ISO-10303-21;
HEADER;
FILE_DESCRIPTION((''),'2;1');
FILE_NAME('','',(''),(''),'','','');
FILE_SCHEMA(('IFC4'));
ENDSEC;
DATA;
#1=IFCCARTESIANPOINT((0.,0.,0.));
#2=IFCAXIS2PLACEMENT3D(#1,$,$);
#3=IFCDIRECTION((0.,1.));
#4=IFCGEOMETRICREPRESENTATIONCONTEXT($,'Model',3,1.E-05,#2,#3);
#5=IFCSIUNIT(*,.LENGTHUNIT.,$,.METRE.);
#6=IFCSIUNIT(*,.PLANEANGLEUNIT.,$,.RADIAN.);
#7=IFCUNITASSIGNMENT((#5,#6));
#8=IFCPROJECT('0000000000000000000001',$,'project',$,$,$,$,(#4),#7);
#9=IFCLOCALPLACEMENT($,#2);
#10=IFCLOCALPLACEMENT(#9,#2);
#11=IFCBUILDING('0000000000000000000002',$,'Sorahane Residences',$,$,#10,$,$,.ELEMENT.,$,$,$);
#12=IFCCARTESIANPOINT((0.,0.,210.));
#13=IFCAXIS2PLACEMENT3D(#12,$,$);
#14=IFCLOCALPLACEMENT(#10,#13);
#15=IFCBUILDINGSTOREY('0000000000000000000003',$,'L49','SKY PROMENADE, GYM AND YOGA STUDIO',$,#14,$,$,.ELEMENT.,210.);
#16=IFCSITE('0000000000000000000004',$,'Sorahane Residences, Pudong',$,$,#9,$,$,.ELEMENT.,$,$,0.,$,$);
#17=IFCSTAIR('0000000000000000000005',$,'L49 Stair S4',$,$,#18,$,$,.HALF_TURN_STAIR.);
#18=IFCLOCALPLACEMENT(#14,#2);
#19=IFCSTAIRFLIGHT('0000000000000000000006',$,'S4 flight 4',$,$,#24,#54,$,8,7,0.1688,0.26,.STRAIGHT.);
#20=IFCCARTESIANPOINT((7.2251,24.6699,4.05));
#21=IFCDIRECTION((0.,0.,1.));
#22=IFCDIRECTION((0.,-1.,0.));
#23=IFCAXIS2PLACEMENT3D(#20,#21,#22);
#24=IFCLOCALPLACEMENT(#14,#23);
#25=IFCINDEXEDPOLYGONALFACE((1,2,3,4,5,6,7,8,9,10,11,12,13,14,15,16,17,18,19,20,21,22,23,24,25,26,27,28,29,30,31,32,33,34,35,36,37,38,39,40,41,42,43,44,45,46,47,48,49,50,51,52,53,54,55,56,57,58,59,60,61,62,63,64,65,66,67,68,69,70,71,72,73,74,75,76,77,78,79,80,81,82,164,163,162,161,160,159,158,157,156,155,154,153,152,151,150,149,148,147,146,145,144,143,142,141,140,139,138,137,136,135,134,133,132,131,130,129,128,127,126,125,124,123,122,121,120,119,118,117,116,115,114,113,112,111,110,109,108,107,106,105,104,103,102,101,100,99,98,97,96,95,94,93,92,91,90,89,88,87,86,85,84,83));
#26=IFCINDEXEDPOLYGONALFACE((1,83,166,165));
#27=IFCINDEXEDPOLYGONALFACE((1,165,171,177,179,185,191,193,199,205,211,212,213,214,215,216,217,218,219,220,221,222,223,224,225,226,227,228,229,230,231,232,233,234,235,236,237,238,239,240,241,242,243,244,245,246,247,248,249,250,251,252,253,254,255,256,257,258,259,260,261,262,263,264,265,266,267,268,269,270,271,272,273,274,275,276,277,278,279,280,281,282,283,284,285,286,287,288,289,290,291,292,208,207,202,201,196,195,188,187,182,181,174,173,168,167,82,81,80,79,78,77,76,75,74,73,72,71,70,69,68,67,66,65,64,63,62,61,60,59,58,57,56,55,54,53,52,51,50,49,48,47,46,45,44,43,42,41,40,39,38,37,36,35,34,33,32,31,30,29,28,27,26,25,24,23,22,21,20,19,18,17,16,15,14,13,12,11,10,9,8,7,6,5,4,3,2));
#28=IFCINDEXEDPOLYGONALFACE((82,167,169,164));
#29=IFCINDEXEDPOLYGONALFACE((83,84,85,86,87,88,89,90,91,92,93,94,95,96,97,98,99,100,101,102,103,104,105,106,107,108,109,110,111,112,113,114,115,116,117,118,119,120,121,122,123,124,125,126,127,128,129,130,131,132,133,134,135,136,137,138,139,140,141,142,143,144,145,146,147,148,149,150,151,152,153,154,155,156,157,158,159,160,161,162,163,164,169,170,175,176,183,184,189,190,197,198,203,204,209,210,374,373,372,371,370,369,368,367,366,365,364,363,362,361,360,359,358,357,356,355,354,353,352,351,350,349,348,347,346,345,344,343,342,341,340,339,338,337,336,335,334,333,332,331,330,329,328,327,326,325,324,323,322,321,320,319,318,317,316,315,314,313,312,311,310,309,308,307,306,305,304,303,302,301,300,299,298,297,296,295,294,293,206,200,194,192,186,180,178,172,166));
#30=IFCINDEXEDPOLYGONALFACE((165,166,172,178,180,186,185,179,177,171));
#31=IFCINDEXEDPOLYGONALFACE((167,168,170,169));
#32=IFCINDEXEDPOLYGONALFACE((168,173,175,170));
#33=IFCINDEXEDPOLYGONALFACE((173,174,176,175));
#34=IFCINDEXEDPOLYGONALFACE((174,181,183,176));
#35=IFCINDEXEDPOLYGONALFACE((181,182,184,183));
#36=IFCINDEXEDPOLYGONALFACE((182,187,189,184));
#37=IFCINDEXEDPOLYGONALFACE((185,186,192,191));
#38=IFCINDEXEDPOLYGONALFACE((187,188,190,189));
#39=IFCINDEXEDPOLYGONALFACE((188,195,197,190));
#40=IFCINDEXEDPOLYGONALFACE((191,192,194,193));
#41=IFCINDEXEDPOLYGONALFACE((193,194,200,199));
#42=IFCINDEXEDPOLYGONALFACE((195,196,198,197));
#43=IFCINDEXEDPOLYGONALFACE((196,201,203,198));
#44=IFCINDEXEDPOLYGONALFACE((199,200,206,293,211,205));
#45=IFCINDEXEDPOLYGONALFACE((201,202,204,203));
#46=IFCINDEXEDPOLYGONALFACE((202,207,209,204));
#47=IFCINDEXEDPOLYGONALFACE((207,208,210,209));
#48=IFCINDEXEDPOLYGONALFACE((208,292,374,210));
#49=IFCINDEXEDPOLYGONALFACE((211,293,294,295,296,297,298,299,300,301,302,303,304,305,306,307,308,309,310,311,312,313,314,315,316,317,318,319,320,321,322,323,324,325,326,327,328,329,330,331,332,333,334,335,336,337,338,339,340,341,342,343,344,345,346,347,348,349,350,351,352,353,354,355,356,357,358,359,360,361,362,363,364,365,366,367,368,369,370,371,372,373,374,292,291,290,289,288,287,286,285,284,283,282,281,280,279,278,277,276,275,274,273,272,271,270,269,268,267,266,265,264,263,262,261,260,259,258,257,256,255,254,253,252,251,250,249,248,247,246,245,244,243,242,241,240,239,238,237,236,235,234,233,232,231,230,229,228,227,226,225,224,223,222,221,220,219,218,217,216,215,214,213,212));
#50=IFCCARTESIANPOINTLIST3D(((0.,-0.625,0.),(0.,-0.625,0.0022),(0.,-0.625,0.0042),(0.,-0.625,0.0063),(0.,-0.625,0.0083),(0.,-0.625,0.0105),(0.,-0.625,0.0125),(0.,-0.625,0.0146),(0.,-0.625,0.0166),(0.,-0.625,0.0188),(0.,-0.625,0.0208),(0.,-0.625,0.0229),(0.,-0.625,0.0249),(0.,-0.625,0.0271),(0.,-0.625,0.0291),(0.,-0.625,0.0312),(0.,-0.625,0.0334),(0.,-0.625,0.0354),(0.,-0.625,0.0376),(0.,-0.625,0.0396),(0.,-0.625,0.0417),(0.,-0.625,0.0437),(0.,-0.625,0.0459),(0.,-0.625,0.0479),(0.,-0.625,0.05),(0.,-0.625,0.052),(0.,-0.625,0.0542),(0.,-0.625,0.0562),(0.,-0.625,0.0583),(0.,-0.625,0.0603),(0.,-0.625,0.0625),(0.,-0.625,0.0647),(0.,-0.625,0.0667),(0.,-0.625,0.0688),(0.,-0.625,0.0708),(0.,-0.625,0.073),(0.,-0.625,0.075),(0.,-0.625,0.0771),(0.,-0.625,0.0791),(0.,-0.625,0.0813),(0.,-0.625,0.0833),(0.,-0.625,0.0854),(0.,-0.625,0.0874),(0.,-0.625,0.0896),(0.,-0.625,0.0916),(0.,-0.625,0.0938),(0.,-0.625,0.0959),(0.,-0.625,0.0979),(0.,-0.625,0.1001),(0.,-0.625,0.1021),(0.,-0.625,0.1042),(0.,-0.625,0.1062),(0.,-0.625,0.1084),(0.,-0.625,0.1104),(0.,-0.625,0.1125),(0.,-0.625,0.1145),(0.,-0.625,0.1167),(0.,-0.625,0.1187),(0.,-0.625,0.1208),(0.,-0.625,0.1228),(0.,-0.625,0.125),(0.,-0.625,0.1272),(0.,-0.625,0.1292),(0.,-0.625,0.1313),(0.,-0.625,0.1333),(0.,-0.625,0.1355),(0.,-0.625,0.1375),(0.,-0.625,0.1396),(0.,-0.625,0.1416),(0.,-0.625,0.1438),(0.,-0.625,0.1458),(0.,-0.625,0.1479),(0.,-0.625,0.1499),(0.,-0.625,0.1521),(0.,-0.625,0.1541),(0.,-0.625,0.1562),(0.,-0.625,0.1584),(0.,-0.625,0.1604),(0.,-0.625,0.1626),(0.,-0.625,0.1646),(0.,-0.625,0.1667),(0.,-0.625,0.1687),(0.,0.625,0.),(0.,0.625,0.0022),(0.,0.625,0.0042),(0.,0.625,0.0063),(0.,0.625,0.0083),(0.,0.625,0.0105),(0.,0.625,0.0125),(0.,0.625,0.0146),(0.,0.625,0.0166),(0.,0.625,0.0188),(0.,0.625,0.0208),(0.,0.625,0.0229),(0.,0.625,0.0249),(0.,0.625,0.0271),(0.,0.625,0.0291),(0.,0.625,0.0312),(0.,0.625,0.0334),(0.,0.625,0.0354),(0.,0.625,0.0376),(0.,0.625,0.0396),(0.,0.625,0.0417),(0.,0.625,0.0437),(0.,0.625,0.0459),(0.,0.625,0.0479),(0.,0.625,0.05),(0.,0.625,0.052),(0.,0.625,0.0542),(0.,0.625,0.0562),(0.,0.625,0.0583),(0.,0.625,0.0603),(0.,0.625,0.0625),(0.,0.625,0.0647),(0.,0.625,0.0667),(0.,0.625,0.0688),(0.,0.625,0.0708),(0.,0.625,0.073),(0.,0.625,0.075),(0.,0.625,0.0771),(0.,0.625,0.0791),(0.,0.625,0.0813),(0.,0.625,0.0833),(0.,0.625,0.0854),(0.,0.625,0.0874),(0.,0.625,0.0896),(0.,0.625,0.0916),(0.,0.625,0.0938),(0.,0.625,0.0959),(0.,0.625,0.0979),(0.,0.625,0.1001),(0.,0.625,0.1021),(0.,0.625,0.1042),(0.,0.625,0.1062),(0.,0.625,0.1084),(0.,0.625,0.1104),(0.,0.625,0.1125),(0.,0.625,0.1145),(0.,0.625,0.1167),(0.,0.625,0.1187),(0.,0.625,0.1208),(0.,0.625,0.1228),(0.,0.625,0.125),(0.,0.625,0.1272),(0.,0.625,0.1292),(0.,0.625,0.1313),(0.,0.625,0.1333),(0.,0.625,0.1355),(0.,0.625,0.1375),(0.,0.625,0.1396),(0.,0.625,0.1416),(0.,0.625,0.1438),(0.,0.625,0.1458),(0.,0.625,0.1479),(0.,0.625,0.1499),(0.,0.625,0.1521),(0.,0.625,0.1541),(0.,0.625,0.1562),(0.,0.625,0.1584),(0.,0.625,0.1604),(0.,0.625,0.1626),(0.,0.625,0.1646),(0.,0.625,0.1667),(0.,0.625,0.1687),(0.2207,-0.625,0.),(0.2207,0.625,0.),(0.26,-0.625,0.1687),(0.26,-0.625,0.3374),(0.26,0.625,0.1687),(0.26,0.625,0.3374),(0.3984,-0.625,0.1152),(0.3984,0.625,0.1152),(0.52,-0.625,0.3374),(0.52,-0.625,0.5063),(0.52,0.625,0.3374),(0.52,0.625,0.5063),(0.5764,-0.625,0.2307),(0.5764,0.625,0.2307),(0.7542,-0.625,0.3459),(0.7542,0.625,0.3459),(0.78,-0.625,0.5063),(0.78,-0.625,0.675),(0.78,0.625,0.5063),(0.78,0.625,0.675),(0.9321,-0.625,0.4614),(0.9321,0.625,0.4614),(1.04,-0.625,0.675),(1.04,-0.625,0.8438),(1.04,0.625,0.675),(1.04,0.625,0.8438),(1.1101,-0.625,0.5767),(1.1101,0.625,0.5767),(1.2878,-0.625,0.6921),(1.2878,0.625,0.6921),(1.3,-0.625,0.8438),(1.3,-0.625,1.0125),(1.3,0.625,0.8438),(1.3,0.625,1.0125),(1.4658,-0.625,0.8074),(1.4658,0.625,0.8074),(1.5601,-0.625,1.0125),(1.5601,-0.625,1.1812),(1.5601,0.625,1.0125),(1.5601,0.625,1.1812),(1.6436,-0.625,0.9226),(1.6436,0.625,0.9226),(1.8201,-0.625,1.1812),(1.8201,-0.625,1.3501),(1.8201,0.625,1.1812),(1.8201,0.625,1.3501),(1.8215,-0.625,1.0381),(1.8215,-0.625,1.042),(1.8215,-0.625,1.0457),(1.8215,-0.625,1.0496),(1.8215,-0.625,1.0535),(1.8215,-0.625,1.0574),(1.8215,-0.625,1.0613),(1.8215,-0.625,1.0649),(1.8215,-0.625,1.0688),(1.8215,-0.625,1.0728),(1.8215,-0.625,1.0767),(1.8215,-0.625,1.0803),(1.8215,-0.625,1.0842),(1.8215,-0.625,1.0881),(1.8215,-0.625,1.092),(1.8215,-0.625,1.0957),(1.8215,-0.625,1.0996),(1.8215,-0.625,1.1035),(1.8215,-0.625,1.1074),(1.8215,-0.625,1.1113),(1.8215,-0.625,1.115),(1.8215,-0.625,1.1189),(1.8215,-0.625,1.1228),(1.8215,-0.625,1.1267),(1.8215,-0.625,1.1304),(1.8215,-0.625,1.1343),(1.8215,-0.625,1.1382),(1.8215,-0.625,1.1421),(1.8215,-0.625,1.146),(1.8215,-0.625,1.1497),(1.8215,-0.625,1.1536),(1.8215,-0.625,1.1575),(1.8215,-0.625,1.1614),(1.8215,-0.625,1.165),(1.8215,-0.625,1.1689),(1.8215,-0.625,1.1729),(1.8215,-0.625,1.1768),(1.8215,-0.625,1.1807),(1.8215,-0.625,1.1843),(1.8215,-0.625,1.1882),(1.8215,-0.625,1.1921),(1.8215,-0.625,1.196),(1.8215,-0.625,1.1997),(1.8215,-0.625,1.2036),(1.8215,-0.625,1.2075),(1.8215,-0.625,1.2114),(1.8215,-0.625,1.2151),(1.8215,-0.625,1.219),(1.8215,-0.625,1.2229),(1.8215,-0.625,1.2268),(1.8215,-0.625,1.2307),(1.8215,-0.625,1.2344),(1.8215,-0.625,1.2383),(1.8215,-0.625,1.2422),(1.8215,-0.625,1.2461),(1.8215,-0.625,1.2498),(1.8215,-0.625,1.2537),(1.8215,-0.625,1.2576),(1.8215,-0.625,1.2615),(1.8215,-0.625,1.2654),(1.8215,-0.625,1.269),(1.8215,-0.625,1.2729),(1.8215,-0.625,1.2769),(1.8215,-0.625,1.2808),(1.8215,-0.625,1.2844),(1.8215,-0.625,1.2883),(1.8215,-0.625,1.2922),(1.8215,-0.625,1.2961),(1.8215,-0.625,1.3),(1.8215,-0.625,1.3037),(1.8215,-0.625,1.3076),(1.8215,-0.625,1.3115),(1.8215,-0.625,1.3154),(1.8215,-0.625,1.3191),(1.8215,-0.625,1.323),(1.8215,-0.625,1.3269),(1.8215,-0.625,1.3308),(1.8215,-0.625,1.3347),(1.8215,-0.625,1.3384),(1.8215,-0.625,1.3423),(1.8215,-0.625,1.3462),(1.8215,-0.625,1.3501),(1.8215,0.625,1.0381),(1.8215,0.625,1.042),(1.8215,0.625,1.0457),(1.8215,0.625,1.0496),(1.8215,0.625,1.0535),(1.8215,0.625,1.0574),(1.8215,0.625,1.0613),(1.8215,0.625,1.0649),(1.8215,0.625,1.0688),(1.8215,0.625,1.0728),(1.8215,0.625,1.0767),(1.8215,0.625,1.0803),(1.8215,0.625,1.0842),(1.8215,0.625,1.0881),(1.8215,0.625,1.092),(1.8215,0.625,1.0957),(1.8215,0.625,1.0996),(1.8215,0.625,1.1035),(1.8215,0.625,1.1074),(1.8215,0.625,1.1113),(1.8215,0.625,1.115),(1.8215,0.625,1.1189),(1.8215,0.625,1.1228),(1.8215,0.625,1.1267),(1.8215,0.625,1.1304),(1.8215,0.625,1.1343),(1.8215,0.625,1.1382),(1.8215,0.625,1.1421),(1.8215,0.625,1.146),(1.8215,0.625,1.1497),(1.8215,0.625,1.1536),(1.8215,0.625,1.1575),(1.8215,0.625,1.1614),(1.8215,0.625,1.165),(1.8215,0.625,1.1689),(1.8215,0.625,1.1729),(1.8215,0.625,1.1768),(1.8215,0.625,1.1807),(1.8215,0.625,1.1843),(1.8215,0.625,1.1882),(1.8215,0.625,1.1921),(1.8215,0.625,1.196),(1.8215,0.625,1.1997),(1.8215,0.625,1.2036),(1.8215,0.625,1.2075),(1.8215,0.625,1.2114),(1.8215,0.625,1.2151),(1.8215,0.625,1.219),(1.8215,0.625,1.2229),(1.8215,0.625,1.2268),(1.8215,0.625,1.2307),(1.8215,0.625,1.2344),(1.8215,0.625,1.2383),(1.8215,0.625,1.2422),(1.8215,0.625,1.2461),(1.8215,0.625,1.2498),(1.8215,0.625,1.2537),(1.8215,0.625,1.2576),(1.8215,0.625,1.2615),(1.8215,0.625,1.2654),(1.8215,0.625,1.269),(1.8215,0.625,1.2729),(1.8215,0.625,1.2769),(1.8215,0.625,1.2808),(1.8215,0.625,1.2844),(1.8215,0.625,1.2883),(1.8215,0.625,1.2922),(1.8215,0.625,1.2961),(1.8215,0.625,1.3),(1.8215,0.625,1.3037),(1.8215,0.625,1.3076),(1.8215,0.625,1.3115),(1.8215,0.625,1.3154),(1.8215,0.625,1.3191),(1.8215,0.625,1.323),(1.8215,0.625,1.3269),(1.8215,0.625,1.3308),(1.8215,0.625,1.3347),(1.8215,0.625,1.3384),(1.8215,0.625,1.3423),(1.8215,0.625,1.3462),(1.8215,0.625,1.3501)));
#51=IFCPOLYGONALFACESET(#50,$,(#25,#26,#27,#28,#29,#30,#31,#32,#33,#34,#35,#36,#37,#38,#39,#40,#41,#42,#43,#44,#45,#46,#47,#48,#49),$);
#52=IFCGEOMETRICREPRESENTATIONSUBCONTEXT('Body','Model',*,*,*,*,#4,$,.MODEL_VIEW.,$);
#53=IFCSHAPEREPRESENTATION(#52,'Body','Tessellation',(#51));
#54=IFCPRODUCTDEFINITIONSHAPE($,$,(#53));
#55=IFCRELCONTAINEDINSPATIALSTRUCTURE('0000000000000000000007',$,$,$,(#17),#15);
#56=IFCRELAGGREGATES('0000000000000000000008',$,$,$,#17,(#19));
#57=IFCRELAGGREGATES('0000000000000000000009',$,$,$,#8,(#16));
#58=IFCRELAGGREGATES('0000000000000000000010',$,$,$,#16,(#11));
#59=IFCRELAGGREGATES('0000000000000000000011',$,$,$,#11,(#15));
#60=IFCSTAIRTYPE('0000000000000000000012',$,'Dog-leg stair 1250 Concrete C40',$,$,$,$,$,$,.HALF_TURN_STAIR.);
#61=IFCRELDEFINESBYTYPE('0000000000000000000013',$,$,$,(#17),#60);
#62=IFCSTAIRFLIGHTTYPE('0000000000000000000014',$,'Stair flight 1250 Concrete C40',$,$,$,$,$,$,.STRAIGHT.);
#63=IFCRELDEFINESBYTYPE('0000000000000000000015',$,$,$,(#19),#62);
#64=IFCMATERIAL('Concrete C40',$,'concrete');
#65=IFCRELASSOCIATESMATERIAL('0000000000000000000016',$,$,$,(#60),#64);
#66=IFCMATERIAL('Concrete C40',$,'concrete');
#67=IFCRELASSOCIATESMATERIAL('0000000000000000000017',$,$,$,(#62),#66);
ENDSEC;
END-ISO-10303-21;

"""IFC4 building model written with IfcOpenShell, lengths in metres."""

from ifc_helpers import new_model, si_unit, direction, frame, origin, place, context, subcontext, project, spatial, polyline, outline, extrude, material, type_object, element, aggregate, save


model = new_model("IFC4")

# Units and contexts
model_context = context("Model", 3, precision=1e-05, world=origin(), true_north=direction((0.0, 1.0)))
body_context = subcontext(model_context, "Body", "Model", "MODEL_VIEW")
ifc_project = project(units=[si_unit("LENGTHUNIT", "METRE"), si_unit("PLANEANGLEUNIT", "RADIAN")], contexts=[model_context])

# Site, building, storey
site_placement = place(None, origin())
site = spatial("IfcSite", under=ifc_project, at=site_placement, Name="Sorahane Residences, Pudong", CompositionType="ELEMENT", RefElevation=0.0)
building_placement = place(site_placement, origin())
building = spatial("IfcBuilding", under=site, at=building_placement, Name="Sorahane Residences", CompositionType="ELEMENT")
storey_placement = place(building_placement, frame((0.0, 0.0, 210.0)))
storey = spatial("IfcBuildingStorey", under=building, at=storey_placement, Name="L49", Description="SKY PROMENADE, GYM AND YOGA STUDIO", CompositionType="ELEMENT", Elevation=210.0)

# Stair, stair flight
ifc_material_1 = material(Name="Concrete C40", Category="concrete")
stair_type = type_object("IfcStairType", Name="Dog-leg stair 1250 Concrete C40", PredefinedType="HALF_TURN_STAIR", material=ifc_material_1)
stair_placement = place(storey_placement, origin())
stair = element("IfcStair", 1, at=stair_placement, inside=storey, type_object=stair_type, Name="L49 Stair S4", PredefinedType="HALF_TURN_STAIR")
ifc_material_2 = material(Name="Concrete C40", Category="concrete")
stair_flight_type = type_object("IfcStairFlightType", Name="Stair flight 1250 Concrete C40", PredefinedType="STRAIGHT", material=ifc_material_2)
stair_flight_1_placement = place(storey_placement, frame((7.2251, 24.6699, 4.05), z_axis=(0.0, 0.0, 1.0), x_axis=(0.0, -1.0, 0.0)))
stair_flight_1 = element("IfcStairFlight", 2, at=stair_flight_1_placement, type_object=stair_flight_type, Name="S4 flight 4", NumberOfRisers=8, NumberOfTreads=7, PredefinedType="STRAIGHT", RiserHeight=0.1688, TreadLength=0.26, context=body_context, shape_type="SweptSolid", body=[
    extrude(outline(polyline([(0.0, 0.0), (0.0, 0.0022), (0.0, 0.0042), (0.0, 0.0063), (0.0, 0.0083), (0.0, 0.0105), (0.0, 0.0125), (0.0, 0.0146), (0.0, 0.0166), (0.0, 0.0188), (0.0, 0.0208), (0.0, 0.0229), (0.0, 0.0249), (0.0, 0.0271), (0.0, 0.0291), (0.0, 0.0312), (0.0, 0.0334), (0.0, 0.0354), (0.0, 0.0376), (0.0, 0.0396), (0.0, 0.0417), (0.0, 0.0437), (0.0, 0.0459), (0.0, 0.0479), (0.0, 0.05), (0.0, 0.052), (0.0, 0.0542), (0.0, 0.0562), (0.0, 0.0583), (0.0, 0.0603), (0.0, 0.0625), (0.0, 0.0647), (0.0, 0.0667), (0.0, 0.0688), (0.0, 0.0708), (0.0, 0.073), (0.0, 0.075), (0.0, 0.0771), (0.0, 0.0791), (0.0, 0.0813), (0.0, 0.0833), (0.0, 0.0854), (0.0, 0.0874), (0.0, 0.0896), (0.0, 0.0916), (0.0, 0.0938), (0.0, 0.0959), (0.0, 0.0979), (0.0, 0.1001), (0.0, 0.1021), (0.0, 0.1042), (0.0, 0.1062), (0.0, 0.1084), (0.0, 0.1104), (0.0, 0.1125), (0.0, 0.1145), (0.0, 0.1167), (0.0, 0.1187), (0.0, 0.1208), (0.0, 0.1228), (0.0, 0.125), (0.0, 0.1272), (0.0, 0.1292), (0.0, 0.1313), (0.0, 0.1333), (0.0, 0.1355), (0.0, 0.1375), (0.0, 0.1396), (0.0, 0.1416), (0.0, 0.1438), (0.0, 0.1458), (0.0, 0.1479), (0.0, 0.1499), (0.0, 0.1521), (0.0, 0.1541), (0.0, 0.1562), (0.0, 0.1584), (0.0, 0.1604), (0.0, 0.1626), (0.0, 0.1646), (0.0, 0.1667), (0.0, 0.1687), (0.26, 0.1687), (0.26, 0.3374), (0.52, 0.3374), (0.52, 0.5063), (0.78, 0.5063), (0.78, 0.675), (1.04, 0.675), (1.04, 0.8438), (1.3, 0.8438), (1.3, 1.0125), (1.5601, 1.0125), (1.5601, 1.1812), (1.8201, 1.1812), (1.8201, 1.3501), (1.8215, 1.3501), (1.8215, 1.3462), (1.8215, 1.3423), (1.8215, 1.3384), (1.8215, 1.3347), (1.8215, 1.3308), (1.8215, 1.3269), (1.8215, 1.323), (1.8215, 1.3191), (1.8215, 1.3154), (1.8215, 1.3115), (1.8215, 1.3076), (1.8215, 1.3037), (1.8215, 1.3), (1.8215, 1.2961), (1.8215, 1.2922), (1.8215, 1.2883), (1.8215, 1.2844), (1.8215, 1.2808), (1.8215, 1.2769), (1.8215, 1.2729), (1.8215, 1.269), (1.8215, 1.2654), (1.8215, 1.2615), (1.8215, 1.2576), (1.8215, 1.2537), (1.8215, 1.2498), (1.8215, 1.2461), (1.8215, 1.2422), (1.8215, 1.2383), (1.8215, 1.2344), (1.8215, 1.2307), (1.8215, 1.2268), (1.8215, 1.2229), (1.8215, 1.219), (1.8215, 1.2151), (1.8215, 1.2114), (1.8215, 1.2075), (1.8215, 1.2036), (1.8215, 1.1997), (1.8215, 1.196), (1.8215, 1.1921), (1.8215, 1.1882), (1.8215, 1.1843), (1.8215, 1.1807), (1.8215, 1.1768), (1.8215, 1.1729), (1.8215, 1.1689), (1.8215, 1.165), (1.8215, 1.1614), (1.8215, 1.1575), (1.8215, 1.1536), (1.8215, 1.1497), (1.8215, 1.146), (1.8215, 1.1421), (1.8215, 1.1382), (1.8215, 1.1343), (1.8215, 1.1304), (1.8215, 1.1267), (1.8215, 1.1228), (1.8215, 1.1189), (1.8215, 1.115), (1.8215, 1.1113), (1.8215, 1.1074), (1.8215, 1.1035), (1.8215, 1.0996), (1.8215, 1.0957), (1.8215, 1.092), (1.8215, 1.0881), (1.8215, 1.0842), (1.8215, 1.0803), (1.8215, 1.0767), (1.8215, 1.0728), (1.8215, 1.0688), (1.8215, 1.0649), (1.8215, 1.0613), (1.8215, 1.0574), (1.8215, 1.0535), (1.8215, 1.0496), (1.8215, 1.0457), (1.8215, 1.042), (1.8215, 1.0381), (1.6436, 0.9226), (1.4658, 0.8074), (1.2878, 0.6921), (1.1101, 0.5767), (0.9321, 0.4614), (0.7542, 0.3459), (0.5764, 0.2307), (0.3984, 0.1152), (0.2207, 0.0), (0.0, 0.0)])), frame((0.0, 0.625, 0.0), z_axis=(0.0, -1.0, 0.0), x_axis=(1.0, 0.0, 0.0)), (0.0, 0.0, 1.0), 1.25),
])
aggregate(stair, [stair_flight_1])

save(model, "model.ifc")
